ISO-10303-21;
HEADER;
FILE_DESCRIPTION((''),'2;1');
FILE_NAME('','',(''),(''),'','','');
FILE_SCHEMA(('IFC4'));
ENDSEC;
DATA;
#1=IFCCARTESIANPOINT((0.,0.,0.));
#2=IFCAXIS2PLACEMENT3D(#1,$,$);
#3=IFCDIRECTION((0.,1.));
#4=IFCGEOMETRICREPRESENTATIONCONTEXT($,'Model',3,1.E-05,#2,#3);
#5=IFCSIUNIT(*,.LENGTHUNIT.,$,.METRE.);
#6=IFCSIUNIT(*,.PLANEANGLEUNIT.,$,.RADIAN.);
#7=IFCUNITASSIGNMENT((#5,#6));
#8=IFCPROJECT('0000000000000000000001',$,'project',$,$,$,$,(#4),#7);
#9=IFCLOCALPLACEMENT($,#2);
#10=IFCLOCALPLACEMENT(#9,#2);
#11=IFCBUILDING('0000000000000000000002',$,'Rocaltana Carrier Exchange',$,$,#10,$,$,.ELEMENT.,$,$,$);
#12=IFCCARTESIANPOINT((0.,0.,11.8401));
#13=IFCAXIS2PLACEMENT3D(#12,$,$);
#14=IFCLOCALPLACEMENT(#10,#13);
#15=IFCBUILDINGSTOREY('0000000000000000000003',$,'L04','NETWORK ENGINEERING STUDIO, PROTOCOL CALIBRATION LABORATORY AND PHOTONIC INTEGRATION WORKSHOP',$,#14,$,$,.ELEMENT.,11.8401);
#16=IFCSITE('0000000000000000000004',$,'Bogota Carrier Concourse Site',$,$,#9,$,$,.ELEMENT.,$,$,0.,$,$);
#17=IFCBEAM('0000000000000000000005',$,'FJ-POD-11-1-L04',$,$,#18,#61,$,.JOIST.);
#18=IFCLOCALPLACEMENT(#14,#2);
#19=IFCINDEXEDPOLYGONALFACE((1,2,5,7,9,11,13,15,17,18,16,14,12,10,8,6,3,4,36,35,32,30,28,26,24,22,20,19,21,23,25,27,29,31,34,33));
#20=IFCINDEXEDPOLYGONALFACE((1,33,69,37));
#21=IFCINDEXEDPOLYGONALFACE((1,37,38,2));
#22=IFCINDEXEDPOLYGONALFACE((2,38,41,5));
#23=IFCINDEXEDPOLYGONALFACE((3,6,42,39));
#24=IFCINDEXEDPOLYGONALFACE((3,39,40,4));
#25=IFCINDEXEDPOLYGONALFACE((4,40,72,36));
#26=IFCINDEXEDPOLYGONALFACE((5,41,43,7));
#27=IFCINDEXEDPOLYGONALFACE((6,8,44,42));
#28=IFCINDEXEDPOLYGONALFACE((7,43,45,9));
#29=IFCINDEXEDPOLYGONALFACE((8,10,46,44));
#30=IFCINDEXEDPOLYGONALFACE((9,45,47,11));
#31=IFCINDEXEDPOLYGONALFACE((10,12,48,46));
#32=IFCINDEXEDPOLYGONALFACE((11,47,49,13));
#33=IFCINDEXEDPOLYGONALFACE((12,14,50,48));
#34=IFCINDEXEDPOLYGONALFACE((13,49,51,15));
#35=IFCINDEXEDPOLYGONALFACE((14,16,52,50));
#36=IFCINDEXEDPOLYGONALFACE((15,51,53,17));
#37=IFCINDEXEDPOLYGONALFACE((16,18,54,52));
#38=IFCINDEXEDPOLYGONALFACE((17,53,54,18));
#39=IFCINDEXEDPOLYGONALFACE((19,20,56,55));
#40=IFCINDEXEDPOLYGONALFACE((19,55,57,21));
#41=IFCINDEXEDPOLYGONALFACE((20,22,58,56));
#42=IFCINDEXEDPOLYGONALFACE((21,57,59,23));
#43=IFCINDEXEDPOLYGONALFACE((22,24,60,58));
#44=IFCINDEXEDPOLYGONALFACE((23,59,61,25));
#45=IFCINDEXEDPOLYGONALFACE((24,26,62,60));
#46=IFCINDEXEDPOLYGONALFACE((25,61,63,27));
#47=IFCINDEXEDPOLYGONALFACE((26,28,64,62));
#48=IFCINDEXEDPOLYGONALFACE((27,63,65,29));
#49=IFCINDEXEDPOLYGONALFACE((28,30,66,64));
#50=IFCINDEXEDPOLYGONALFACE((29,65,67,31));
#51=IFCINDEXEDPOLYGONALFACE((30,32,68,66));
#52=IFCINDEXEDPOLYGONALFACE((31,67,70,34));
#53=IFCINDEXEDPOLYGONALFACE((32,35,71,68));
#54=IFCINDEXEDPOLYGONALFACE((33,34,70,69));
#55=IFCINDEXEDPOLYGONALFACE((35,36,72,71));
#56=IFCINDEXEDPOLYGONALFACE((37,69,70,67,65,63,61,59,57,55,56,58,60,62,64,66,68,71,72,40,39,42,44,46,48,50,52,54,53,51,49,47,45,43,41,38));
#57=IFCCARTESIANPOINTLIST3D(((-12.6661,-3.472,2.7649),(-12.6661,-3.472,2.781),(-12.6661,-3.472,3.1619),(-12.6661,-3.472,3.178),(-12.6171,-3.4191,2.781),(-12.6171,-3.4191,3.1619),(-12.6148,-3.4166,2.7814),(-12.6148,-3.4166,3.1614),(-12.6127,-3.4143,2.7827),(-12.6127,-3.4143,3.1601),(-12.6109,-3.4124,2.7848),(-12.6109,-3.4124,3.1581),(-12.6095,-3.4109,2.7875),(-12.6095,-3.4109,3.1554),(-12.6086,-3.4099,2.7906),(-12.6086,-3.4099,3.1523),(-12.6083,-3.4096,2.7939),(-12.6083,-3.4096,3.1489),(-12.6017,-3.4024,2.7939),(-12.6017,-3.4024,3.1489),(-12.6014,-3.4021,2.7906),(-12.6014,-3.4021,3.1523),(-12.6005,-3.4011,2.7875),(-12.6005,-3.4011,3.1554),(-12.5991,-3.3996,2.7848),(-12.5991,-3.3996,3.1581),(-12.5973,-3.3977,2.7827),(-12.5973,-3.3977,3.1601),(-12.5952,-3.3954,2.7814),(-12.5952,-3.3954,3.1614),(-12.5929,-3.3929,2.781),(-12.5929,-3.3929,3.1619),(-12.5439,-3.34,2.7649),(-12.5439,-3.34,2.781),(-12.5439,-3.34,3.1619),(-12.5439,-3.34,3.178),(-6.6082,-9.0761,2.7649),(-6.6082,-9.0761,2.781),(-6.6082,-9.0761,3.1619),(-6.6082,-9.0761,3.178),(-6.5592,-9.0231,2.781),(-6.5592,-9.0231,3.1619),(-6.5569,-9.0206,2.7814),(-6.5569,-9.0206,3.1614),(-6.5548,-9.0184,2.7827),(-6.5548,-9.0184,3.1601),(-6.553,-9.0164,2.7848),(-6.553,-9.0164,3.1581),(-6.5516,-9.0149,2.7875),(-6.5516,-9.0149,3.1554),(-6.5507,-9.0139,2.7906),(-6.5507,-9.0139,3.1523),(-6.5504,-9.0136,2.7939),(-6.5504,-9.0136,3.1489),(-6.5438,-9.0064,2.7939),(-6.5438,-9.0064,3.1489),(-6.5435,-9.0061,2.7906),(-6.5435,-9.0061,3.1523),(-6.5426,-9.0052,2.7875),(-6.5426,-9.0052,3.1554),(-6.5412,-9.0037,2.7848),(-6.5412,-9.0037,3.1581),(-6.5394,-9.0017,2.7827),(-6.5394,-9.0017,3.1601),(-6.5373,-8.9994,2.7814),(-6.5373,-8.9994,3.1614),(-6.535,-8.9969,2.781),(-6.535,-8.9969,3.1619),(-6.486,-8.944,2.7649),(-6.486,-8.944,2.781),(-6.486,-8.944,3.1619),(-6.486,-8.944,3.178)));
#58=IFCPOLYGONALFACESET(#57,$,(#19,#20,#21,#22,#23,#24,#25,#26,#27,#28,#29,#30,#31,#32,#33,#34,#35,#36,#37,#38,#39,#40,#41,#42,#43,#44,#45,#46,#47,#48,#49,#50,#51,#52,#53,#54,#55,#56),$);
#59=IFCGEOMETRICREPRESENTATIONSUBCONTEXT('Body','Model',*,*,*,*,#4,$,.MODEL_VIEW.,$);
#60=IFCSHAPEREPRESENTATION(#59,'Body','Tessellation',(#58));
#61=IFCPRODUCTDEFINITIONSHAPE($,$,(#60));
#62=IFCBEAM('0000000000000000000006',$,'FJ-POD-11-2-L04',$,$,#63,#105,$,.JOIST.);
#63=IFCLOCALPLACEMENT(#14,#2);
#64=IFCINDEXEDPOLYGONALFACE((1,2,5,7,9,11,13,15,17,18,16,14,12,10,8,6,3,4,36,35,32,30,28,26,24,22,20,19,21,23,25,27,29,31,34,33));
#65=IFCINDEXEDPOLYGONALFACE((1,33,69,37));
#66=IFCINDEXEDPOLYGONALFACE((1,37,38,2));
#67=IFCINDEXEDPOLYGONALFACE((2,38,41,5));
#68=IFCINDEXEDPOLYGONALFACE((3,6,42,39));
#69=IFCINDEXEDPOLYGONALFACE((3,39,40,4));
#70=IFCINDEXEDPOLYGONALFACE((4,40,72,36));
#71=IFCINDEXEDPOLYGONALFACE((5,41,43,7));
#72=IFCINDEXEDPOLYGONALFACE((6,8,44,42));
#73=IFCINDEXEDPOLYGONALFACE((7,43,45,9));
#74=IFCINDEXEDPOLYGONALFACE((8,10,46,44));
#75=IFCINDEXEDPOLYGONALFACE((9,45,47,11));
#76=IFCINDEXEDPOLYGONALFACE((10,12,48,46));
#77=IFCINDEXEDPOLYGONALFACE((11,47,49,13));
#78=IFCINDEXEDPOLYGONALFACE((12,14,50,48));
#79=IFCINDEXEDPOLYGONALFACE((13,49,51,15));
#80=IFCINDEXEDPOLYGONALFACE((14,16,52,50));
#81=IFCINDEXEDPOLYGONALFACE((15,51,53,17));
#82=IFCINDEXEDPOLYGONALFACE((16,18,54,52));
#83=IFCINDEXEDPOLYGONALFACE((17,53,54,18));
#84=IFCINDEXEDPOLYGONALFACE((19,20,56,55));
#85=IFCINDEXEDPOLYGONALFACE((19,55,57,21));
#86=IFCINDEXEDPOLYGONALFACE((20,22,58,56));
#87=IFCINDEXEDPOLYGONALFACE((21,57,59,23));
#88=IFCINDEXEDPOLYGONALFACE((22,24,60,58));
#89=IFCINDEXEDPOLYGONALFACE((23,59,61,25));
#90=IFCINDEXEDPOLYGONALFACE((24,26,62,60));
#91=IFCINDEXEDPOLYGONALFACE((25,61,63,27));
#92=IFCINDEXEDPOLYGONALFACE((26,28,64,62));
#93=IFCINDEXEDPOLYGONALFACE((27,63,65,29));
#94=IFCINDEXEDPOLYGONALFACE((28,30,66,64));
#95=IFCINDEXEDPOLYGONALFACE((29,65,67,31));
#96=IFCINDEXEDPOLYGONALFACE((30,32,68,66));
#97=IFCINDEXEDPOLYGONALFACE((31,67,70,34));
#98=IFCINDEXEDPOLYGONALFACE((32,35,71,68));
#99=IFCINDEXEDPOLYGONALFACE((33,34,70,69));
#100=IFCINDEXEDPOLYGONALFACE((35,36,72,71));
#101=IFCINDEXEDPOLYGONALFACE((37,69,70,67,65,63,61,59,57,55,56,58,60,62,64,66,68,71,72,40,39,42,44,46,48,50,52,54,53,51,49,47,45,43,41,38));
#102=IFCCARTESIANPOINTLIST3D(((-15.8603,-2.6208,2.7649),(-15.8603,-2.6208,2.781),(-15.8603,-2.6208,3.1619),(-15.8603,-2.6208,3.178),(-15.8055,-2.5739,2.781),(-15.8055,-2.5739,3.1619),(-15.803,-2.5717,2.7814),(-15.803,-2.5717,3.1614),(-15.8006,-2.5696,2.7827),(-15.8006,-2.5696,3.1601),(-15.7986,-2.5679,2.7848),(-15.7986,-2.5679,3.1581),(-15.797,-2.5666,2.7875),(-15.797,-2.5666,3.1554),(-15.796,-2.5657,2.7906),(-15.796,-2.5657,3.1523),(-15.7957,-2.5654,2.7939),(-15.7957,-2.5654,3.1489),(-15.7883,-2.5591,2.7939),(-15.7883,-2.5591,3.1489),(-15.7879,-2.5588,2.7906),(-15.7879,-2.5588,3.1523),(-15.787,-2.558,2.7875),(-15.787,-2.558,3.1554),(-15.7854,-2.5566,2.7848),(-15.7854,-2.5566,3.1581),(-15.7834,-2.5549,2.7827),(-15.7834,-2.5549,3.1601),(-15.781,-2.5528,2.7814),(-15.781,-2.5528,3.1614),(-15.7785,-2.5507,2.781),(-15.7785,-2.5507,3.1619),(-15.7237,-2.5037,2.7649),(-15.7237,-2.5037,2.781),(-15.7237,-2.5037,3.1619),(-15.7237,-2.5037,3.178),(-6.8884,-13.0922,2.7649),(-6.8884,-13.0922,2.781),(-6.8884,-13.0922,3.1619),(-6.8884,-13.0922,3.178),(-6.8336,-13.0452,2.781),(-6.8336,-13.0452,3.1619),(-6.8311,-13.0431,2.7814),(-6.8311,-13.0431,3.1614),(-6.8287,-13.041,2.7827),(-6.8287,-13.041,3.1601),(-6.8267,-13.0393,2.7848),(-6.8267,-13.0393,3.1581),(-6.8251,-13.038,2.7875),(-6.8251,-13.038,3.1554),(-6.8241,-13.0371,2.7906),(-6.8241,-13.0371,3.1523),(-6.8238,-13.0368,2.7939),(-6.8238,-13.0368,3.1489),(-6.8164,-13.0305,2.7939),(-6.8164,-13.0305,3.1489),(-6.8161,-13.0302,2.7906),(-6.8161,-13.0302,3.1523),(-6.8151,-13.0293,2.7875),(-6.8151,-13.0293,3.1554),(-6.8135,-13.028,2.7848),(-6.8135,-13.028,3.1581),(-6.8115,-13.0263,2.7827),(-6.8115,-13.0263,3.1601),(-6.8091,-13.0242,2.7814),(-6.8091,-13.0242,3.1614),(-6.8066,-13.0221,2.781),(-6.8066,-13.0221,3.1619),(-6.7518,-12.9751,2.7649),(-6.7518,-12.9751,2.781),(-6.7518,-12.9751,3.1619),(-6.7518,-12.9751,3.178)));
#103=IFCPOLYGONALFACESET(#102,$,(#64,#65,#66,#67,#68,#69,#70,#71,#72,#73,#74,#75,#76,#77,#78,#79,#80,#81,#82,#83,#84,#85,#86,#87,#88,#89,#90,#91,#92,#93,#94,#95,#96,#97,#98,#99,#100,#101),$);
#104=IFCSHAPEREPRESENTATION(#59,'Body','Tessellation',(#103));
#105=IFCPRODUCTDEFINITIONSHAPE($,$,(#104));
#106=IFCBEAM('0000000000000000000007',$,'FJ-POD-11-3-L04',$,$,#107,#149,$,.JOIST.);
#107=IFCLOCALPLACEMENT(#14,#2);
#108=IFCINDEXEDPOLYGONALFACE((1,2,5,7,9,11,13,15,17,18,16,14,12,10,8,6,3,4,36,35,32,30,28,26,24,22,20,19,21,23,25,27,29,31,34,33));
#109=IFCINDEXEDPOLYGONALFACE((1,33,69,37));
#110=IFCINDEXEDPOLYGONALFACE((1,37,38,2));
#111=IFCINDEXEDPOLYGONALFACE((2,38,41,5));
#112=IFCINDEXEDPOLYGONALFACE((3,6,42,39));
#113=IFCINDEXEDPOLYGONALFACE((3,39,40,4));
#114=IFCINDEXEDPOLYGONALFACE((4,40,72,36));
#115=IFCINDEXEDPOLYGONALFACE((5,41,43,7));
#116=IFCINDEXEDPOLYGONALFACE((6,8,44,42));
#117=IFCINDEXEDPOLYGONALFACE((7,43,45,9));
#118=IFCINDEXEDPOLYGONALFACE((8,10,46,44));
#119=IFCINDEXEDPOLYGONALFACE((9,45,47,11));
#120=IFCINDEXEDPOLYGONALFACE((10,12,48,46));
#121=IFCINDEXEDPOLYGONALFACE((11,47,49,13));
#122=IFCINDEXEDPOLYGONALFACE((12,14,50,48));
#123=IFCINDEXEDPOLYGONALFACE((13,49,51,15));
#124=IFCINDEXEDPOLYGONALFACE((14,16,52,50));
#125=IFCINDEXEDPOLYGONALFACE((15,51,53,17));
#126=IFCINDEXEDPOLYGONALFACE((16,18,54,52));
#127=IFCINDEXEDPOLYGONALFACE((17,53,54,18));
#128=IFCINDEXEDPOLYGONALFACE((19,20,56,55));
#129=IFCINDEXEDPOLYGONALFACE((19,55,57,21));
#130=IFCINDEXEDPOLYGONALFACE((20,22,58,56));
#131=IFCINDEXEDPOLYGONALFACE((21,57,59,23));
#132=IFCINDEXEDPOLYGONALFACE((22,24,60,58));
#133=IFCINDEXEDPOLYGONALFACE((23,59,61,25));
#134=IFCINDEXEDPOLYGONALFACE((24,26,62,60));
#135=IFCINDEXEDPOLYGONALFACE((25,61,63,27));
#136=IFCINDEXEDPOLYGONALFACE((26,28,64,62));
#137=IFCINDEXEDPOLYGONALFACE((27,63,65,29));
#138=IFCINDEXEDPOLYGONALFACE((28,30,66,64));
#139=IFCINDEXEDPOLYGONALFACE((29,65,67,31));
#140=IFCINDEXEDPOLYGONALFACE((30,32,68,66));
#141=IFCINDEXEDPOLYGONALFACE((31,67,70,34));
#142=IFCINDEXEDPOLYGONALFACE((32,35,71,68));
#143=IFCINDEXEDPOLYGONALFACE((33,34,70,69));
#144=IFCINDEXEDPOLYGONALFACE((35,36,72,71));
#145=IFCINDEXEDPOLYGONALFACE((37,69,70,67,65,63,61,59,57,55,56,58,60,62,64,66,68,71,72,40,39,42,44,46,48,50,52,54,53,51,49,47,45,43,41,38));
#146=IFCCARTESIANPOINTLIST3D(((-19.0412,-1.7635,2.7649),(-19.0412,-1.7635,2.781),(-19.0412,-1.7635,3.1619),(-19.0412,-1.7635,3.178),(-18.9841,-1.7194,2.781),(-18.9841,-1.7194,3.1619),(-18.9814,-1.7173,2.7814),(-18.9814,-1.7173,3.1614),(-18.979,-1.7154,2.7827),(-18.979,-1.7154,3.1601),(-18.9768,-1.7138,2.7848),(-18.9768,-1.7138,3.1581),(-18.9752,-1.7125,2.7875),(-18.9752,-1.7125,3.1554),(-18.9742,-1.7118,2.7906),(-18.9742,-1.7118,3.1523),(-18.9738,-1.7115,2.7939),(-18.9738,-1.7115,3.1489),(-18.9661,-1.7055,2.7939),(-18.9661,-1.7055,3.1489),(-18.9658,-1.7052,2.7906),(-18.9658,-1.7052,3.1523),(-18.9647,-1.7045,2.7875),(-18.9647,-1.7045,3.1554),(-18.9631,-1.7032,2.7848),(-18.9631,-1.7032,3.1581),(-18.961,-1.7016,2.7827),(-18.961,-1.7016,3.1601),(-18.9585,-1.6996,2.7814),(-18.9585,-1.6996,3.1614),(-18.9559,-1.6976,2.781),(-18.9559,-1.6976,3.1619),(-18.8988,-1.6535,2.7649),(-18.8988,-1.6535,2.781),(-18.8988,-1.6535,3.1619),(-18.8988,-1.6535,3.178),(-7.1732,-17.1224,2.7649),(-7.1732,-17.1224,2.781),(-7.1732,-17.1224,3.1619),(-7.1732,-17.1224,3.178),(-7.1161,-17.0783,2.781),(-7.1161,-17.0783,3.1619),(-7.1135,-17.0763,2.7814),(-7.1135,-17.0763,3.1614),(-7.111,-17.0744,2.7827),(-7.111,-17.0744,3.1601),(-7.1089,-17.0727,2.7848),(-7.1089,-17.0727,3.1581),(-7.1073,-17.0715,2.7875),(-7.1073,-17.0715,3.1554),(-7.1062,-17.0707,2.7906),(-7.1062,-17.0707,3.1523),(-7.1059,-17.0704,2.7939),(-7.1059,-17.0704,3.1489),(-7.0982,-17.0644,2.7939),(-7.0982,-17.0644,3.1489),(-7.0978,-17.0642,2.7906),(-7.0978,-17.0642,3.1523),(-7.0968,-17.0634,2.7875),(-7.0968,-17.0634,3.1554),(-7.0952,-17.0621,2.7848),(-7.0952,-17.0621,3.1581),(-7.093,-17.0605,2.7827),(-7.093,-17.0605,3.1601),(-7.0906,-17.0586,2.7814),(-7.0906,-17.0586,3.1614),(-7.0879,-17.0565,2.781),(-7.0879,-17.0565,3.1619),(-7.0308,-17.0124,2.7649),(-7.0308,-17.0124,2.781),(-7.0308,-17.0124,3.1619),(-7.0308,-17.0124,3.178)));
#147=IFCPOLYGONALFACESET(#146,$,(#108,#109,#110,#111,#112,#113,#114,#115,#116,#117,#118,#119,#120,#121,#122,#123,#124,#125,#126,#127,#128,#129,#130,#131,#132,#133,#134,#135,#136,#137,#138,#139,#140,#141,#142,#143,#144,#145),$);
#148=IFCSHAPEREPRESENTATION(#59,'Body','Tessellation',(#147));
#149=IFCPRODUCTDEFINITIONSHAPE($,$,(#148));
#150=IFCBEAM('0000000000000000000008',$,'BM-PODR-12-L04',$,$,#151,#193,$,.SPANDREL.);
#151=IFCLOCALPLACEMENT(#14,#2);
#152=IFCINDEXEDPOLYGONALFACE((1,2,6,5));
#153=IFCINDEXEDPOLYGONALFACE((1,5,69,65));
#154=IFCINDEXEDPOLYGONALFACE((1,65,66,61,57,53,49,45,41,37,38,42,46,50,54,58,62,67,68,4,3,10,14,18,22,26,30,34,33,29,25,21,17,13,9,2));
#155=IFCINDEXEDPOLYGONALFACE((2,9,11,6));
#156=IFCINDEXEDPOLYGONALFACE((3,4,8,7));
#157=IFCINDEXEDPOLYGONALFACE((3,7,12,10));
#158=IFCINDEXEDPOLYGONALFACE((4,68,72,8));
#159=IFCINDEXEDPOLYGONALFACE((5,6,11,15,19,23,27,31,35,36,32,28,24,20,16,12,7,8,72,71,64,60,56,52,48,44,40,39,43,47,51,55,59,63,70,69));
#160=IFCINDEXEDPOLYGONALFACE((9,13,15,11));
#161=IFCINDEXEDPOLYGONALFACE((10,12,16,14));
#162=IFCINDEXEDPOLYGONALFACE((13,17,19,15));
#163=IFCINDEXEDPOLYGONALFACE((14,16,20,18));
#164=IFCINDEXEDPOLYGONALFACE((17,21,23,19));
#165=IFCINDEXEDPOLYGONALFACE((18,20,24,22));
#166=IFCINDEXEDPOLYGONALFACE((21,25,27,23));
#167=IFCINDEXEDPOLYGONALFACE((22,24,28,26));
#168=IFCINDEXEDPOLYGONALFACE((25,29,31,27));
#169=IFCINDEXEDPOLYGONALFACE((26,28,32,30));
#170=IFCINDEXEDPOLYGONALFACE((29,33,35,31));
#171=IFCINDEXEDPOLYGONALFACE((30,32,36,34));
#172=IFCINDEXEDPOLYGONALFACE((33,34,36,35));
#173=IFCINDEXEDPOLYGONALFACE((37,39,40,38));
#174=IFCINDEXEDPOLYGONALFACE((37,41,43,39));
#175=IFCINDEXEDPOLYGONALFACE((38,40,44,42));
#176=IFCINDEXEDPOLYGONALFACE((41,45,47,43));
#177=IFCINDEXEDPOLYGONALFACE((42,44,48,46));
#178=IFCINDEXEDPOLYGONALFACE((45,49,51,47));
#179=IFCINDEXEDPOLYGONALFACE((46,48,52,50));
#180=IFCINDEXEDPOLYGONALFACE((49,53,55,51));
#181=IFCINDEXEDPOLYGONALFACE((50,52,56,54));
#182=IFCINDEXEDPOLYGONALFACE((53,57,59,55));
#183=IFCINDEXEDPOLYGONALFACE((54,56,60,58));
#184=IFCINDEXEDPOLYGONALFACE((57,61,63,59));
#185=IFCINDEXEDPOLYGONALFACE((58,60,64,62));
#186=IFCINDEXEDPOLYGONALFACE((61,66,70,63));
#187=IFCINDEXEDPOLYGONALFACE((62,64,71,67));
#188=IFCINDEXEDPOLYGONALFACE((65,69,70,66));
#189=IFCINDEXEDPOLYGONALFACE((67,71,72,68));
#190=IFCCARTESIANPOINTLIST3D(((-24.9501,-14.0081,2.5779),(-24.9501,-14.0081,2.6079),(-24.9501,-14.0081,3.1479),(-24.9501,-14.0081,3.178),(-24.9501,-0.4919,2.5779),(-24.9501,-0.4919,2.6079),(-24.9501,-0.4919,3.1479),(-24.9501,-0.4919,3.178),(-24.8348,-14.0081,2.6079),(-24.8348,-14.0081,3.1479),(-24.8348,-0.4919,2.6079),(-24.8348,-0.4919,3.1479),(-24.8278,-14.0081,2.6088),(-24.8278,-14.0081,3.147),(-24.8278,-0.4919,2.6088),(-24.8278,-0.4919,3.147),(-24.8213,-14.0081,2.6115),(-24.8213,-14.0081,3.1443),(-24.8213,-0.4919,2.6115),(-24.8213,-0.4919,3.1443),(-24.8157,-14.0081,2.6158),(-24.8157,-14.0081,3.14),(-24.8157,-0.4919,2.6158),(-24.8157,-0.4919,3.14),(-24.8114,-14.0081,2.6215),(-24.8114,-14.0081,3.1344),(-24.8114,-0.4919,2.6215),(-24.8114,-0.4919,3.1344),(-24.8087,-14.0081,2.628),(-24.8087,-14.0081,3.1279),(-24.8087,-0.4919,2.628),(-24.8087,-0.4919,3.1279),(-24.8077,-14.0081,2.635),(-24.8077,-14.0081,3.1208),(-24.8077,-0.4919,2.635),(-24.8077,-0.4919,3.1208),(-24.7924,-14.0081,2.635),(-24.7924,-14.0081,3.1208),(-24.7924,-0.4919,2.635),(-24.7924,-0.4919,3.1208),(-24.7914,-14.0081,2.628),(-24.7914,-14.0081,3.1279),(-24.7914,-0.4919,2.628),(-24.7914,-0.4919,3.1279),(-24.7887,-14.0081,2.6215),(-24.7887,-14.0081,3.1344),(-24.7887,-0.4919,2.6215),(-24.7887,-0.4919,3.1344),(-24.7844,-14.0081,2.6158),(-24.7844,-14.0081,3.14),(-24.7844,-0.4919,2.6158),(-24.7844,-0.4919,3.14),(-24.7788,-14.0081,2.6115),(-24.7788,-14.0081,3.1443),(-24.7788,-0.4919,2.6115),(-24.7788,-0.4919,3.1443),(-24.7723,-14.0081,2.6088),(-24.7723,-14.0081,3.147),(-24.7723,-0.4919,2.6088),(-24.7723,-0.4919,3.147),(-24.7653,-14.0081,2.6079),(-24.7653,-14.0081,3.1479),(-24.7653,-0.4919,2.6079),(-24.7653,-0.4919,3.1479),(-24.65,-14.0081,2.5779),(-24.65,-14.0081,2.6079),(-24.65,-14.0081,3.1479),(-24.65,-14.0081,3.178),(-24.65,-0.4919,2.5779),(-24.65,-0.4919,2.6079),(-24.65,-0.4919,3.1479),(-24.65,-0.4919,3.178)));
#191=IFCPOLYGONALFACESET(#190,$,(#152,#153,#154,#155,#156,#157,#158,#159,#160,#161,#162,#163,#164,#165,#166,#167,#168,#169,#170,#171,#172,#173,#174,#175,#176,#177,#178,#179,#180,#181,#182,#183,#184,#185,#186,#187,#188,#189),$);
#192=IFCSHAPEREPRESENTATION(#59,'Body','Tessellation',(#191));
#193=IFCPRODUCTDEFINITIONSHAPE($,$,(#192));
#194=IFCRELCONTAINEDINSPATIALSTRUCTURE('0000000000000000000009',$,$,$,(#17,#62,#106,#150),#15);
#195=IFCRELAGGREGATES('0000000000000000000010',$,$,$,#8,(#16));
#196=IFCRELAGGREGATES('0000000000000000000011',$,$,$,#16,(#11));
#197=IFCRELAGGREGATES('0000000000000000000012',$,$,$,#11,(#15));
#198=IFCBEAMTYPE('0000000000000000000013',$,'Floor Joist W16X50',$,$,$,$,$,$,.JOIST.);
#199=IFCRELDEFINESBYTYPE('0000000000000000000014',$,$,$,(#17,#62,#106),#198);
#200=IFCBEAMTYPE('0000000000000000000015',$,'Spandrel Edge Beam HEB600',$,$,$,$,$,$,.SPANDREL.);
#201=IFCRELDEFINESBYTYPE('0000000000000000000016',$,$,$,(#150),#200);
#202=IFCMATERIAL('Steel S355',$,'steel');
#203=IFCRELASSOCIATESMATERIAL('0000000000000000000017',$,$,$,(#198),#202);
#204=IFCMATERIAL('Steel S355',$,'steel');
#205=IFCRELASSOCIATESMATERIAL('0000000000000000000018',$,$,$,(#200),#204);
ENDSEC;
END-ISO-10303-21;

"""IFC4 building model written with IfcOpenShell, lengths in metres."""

from ifc_helpers import new_model, si_unit, direction, frame, origin, origin_2d, place, context, subcontext, project, spatial, i_section, extrude, material, material_profile, profile_set, type_object, element, save


model = new_model("IFC4")

# Units and contexts
model_context = context("Model", 3, precision=1e-05, world=origin(), true_north=direction((0.0, 1.0)))
body_context = subcontext(model_context, "Body", "Model", "MODEL_VIEW")
ifc_project = project(units=[si_unit("LENGTHUNIT", "METRE"), si_unit("PLANEANGLEUNIT", "RADIAN")], contexts=[model_context])

# Site, building, storey
site_placement = place(None, origin())
site = spatial("IfcSite", under=ifc_project, at=site_placement, Name="Bogota Carrier Concourse Site", CompositionType="ELEMENT", RefElevation=0.0)
building_placement = place(site_placement, origin())
building = spatial("IfcBuilding", under=site, at=building_placement, Name="Rocaltana Carrier Exchange", CompositionType="ELEMENT")
storey_placement = place(building_placement, frame((0.0, 0.0, 11.8401)))
storey = spatial("IfcBuildingStorey", under=building, at=storey_placement, Name="L04", Description="NETWORK ENGINEERING STUDIO, PROTOCOL CALIBRATION LABORATORY AND PHOTONIC INTEGRATION WORKSHOP", CompositionType="ELEMENT", Elevation=11.8401)

# Beams
ifc_material_1 = material(Name="Steel S355", Category="steel")
ifc_material_profile_1 = material_profile(ifc_material_1, i_section(OverallWidth=0.1799, OverallDepth=0.4131, WebThickness=0.0098, FlangeThickness=0.0161, FilletRadius=0.0129, at=origin_2d()), Name="W16X50")
ifc_profile_set_1 = profile_set([ifc_material_profile_1], Name="Steel S355")
beam_type_1 = type_object("IfcBeamType", Name="Floor Joist W16X50", PredefinedType="JOIST", material=ifc_profile_set_1)
beam_1_placement = place(storey_placement, frame((-12.605, -3.406, 2.9714), z_axis=(0.73407, -0.679073, 0.0), x_axis=(0.679073, 0.73407, 0.0)))
element("IfcBeam", 1, at=beam_1_placement, inside=storey, type_object=beam_type_1, Name="FJ-POD-11-1-L04", PredefinedType="JOIST", context=body_context, shape_type="SweptSolid", body=[
    extrude(i_section(OverallWidth=0.1799, OverallDepth=0.4131, WebThickness=0.0098, FlangeThickness=0.0161, FilletRadius=0.0129, at=origin_2d()), origin(), (0.0, 0.0, 1.0), 8.2524),
])
beam_2_placement = place(storey_placement, frame((-15.792, -2.5623, 2.9714), z_axis=(0.650641, -0.759385, 0.0), x_axis=(0.759385, 0.650641, 0.0)))
element("IfcBeam", 2, at=beam_2_placement, inside=storey, type_object=beam_type_1, Name="FJ-POD-11-2-L04", PredefinedType="JOIST", context=body_context, shape_type="SweptSolid", body=[
    extrude(i_section(OverallWidth=0.1799, OverallDepth=0.4131, WebThickness=0.0098, FlangeThickness=0.0161, FilletRadius=0.0129, at=origin_2d()), origin(), (0.0, 0.0, 1.0), 13.7893),
])
beam_3_placement = place(storey_placement, frame((-18.97, -1.7085, 2.9714), z_axis=(0.611437, -0.791293, 0.0), x_axis=(0.791293, 0.611437, 0.0)))
element("IfcBeam", 3, at=beam_3_placement, inside=storey, type_object=beam_type_1, Name="FJ-POD-11-3-L04", PredefinedType="JOIST", context=body_context, shape_type="SweptSolid", body=[
    extrude(i_section(OverallWidth=0.1799, OverallDepth=0.4131, WebThickness=0.0098, FlangeThickness=0.0161, FilletRadius=0.0129, at=origin_2d()), origin(), (0.0, 0.0, 1.0), 19.4099),
])
ifc_material_2 = material(Name="Steel S355", Category="steel")
ifc_material_profile_2 = material_profile(ifc_material_2, i_section(OverallWidth=0.3, OverallDepth=0.6001, WebThickness=0.0154, FlangeThickness=0.03, FilletRadius=0.0271, at=origin_2d()), Name="HEB600")
ifc_profile_set_2 = profile_set([ifc_material_profile_2], Name="Steel S355")
beam_type_2 = type_object("IfcBeamType", Name="Spandrel Edge Beam HEB600", PredefinedType="SPANDREL", material=ifc_profile_set_2)
beam_4_placement = place(storey_placement, frame((-24.8, -0.4919, 2.8779), z_axis=(0.0, -1.0, 0.0), x_axis=(1.0, 0.0, 0.0)))
element("IfcBeam", 4, at=beam_4_placement, inside=storey, type_object=beam_type_2, Name="BM-PODR-12-L04", PredefinedType="SPANDREL", context=body_context, shape_type="SweptSolid", body=[
    extrude(i_section(OverallWidth=0.3, OverallDepth=0.6001, WebThickness=0.0154, FlangeThickness=0.03, FilletRadius=0.0271, at=origin_2d()), origin(), (0.0, 0.0, 1.0), 13.5161),
])

save(model, "model.ifc")
